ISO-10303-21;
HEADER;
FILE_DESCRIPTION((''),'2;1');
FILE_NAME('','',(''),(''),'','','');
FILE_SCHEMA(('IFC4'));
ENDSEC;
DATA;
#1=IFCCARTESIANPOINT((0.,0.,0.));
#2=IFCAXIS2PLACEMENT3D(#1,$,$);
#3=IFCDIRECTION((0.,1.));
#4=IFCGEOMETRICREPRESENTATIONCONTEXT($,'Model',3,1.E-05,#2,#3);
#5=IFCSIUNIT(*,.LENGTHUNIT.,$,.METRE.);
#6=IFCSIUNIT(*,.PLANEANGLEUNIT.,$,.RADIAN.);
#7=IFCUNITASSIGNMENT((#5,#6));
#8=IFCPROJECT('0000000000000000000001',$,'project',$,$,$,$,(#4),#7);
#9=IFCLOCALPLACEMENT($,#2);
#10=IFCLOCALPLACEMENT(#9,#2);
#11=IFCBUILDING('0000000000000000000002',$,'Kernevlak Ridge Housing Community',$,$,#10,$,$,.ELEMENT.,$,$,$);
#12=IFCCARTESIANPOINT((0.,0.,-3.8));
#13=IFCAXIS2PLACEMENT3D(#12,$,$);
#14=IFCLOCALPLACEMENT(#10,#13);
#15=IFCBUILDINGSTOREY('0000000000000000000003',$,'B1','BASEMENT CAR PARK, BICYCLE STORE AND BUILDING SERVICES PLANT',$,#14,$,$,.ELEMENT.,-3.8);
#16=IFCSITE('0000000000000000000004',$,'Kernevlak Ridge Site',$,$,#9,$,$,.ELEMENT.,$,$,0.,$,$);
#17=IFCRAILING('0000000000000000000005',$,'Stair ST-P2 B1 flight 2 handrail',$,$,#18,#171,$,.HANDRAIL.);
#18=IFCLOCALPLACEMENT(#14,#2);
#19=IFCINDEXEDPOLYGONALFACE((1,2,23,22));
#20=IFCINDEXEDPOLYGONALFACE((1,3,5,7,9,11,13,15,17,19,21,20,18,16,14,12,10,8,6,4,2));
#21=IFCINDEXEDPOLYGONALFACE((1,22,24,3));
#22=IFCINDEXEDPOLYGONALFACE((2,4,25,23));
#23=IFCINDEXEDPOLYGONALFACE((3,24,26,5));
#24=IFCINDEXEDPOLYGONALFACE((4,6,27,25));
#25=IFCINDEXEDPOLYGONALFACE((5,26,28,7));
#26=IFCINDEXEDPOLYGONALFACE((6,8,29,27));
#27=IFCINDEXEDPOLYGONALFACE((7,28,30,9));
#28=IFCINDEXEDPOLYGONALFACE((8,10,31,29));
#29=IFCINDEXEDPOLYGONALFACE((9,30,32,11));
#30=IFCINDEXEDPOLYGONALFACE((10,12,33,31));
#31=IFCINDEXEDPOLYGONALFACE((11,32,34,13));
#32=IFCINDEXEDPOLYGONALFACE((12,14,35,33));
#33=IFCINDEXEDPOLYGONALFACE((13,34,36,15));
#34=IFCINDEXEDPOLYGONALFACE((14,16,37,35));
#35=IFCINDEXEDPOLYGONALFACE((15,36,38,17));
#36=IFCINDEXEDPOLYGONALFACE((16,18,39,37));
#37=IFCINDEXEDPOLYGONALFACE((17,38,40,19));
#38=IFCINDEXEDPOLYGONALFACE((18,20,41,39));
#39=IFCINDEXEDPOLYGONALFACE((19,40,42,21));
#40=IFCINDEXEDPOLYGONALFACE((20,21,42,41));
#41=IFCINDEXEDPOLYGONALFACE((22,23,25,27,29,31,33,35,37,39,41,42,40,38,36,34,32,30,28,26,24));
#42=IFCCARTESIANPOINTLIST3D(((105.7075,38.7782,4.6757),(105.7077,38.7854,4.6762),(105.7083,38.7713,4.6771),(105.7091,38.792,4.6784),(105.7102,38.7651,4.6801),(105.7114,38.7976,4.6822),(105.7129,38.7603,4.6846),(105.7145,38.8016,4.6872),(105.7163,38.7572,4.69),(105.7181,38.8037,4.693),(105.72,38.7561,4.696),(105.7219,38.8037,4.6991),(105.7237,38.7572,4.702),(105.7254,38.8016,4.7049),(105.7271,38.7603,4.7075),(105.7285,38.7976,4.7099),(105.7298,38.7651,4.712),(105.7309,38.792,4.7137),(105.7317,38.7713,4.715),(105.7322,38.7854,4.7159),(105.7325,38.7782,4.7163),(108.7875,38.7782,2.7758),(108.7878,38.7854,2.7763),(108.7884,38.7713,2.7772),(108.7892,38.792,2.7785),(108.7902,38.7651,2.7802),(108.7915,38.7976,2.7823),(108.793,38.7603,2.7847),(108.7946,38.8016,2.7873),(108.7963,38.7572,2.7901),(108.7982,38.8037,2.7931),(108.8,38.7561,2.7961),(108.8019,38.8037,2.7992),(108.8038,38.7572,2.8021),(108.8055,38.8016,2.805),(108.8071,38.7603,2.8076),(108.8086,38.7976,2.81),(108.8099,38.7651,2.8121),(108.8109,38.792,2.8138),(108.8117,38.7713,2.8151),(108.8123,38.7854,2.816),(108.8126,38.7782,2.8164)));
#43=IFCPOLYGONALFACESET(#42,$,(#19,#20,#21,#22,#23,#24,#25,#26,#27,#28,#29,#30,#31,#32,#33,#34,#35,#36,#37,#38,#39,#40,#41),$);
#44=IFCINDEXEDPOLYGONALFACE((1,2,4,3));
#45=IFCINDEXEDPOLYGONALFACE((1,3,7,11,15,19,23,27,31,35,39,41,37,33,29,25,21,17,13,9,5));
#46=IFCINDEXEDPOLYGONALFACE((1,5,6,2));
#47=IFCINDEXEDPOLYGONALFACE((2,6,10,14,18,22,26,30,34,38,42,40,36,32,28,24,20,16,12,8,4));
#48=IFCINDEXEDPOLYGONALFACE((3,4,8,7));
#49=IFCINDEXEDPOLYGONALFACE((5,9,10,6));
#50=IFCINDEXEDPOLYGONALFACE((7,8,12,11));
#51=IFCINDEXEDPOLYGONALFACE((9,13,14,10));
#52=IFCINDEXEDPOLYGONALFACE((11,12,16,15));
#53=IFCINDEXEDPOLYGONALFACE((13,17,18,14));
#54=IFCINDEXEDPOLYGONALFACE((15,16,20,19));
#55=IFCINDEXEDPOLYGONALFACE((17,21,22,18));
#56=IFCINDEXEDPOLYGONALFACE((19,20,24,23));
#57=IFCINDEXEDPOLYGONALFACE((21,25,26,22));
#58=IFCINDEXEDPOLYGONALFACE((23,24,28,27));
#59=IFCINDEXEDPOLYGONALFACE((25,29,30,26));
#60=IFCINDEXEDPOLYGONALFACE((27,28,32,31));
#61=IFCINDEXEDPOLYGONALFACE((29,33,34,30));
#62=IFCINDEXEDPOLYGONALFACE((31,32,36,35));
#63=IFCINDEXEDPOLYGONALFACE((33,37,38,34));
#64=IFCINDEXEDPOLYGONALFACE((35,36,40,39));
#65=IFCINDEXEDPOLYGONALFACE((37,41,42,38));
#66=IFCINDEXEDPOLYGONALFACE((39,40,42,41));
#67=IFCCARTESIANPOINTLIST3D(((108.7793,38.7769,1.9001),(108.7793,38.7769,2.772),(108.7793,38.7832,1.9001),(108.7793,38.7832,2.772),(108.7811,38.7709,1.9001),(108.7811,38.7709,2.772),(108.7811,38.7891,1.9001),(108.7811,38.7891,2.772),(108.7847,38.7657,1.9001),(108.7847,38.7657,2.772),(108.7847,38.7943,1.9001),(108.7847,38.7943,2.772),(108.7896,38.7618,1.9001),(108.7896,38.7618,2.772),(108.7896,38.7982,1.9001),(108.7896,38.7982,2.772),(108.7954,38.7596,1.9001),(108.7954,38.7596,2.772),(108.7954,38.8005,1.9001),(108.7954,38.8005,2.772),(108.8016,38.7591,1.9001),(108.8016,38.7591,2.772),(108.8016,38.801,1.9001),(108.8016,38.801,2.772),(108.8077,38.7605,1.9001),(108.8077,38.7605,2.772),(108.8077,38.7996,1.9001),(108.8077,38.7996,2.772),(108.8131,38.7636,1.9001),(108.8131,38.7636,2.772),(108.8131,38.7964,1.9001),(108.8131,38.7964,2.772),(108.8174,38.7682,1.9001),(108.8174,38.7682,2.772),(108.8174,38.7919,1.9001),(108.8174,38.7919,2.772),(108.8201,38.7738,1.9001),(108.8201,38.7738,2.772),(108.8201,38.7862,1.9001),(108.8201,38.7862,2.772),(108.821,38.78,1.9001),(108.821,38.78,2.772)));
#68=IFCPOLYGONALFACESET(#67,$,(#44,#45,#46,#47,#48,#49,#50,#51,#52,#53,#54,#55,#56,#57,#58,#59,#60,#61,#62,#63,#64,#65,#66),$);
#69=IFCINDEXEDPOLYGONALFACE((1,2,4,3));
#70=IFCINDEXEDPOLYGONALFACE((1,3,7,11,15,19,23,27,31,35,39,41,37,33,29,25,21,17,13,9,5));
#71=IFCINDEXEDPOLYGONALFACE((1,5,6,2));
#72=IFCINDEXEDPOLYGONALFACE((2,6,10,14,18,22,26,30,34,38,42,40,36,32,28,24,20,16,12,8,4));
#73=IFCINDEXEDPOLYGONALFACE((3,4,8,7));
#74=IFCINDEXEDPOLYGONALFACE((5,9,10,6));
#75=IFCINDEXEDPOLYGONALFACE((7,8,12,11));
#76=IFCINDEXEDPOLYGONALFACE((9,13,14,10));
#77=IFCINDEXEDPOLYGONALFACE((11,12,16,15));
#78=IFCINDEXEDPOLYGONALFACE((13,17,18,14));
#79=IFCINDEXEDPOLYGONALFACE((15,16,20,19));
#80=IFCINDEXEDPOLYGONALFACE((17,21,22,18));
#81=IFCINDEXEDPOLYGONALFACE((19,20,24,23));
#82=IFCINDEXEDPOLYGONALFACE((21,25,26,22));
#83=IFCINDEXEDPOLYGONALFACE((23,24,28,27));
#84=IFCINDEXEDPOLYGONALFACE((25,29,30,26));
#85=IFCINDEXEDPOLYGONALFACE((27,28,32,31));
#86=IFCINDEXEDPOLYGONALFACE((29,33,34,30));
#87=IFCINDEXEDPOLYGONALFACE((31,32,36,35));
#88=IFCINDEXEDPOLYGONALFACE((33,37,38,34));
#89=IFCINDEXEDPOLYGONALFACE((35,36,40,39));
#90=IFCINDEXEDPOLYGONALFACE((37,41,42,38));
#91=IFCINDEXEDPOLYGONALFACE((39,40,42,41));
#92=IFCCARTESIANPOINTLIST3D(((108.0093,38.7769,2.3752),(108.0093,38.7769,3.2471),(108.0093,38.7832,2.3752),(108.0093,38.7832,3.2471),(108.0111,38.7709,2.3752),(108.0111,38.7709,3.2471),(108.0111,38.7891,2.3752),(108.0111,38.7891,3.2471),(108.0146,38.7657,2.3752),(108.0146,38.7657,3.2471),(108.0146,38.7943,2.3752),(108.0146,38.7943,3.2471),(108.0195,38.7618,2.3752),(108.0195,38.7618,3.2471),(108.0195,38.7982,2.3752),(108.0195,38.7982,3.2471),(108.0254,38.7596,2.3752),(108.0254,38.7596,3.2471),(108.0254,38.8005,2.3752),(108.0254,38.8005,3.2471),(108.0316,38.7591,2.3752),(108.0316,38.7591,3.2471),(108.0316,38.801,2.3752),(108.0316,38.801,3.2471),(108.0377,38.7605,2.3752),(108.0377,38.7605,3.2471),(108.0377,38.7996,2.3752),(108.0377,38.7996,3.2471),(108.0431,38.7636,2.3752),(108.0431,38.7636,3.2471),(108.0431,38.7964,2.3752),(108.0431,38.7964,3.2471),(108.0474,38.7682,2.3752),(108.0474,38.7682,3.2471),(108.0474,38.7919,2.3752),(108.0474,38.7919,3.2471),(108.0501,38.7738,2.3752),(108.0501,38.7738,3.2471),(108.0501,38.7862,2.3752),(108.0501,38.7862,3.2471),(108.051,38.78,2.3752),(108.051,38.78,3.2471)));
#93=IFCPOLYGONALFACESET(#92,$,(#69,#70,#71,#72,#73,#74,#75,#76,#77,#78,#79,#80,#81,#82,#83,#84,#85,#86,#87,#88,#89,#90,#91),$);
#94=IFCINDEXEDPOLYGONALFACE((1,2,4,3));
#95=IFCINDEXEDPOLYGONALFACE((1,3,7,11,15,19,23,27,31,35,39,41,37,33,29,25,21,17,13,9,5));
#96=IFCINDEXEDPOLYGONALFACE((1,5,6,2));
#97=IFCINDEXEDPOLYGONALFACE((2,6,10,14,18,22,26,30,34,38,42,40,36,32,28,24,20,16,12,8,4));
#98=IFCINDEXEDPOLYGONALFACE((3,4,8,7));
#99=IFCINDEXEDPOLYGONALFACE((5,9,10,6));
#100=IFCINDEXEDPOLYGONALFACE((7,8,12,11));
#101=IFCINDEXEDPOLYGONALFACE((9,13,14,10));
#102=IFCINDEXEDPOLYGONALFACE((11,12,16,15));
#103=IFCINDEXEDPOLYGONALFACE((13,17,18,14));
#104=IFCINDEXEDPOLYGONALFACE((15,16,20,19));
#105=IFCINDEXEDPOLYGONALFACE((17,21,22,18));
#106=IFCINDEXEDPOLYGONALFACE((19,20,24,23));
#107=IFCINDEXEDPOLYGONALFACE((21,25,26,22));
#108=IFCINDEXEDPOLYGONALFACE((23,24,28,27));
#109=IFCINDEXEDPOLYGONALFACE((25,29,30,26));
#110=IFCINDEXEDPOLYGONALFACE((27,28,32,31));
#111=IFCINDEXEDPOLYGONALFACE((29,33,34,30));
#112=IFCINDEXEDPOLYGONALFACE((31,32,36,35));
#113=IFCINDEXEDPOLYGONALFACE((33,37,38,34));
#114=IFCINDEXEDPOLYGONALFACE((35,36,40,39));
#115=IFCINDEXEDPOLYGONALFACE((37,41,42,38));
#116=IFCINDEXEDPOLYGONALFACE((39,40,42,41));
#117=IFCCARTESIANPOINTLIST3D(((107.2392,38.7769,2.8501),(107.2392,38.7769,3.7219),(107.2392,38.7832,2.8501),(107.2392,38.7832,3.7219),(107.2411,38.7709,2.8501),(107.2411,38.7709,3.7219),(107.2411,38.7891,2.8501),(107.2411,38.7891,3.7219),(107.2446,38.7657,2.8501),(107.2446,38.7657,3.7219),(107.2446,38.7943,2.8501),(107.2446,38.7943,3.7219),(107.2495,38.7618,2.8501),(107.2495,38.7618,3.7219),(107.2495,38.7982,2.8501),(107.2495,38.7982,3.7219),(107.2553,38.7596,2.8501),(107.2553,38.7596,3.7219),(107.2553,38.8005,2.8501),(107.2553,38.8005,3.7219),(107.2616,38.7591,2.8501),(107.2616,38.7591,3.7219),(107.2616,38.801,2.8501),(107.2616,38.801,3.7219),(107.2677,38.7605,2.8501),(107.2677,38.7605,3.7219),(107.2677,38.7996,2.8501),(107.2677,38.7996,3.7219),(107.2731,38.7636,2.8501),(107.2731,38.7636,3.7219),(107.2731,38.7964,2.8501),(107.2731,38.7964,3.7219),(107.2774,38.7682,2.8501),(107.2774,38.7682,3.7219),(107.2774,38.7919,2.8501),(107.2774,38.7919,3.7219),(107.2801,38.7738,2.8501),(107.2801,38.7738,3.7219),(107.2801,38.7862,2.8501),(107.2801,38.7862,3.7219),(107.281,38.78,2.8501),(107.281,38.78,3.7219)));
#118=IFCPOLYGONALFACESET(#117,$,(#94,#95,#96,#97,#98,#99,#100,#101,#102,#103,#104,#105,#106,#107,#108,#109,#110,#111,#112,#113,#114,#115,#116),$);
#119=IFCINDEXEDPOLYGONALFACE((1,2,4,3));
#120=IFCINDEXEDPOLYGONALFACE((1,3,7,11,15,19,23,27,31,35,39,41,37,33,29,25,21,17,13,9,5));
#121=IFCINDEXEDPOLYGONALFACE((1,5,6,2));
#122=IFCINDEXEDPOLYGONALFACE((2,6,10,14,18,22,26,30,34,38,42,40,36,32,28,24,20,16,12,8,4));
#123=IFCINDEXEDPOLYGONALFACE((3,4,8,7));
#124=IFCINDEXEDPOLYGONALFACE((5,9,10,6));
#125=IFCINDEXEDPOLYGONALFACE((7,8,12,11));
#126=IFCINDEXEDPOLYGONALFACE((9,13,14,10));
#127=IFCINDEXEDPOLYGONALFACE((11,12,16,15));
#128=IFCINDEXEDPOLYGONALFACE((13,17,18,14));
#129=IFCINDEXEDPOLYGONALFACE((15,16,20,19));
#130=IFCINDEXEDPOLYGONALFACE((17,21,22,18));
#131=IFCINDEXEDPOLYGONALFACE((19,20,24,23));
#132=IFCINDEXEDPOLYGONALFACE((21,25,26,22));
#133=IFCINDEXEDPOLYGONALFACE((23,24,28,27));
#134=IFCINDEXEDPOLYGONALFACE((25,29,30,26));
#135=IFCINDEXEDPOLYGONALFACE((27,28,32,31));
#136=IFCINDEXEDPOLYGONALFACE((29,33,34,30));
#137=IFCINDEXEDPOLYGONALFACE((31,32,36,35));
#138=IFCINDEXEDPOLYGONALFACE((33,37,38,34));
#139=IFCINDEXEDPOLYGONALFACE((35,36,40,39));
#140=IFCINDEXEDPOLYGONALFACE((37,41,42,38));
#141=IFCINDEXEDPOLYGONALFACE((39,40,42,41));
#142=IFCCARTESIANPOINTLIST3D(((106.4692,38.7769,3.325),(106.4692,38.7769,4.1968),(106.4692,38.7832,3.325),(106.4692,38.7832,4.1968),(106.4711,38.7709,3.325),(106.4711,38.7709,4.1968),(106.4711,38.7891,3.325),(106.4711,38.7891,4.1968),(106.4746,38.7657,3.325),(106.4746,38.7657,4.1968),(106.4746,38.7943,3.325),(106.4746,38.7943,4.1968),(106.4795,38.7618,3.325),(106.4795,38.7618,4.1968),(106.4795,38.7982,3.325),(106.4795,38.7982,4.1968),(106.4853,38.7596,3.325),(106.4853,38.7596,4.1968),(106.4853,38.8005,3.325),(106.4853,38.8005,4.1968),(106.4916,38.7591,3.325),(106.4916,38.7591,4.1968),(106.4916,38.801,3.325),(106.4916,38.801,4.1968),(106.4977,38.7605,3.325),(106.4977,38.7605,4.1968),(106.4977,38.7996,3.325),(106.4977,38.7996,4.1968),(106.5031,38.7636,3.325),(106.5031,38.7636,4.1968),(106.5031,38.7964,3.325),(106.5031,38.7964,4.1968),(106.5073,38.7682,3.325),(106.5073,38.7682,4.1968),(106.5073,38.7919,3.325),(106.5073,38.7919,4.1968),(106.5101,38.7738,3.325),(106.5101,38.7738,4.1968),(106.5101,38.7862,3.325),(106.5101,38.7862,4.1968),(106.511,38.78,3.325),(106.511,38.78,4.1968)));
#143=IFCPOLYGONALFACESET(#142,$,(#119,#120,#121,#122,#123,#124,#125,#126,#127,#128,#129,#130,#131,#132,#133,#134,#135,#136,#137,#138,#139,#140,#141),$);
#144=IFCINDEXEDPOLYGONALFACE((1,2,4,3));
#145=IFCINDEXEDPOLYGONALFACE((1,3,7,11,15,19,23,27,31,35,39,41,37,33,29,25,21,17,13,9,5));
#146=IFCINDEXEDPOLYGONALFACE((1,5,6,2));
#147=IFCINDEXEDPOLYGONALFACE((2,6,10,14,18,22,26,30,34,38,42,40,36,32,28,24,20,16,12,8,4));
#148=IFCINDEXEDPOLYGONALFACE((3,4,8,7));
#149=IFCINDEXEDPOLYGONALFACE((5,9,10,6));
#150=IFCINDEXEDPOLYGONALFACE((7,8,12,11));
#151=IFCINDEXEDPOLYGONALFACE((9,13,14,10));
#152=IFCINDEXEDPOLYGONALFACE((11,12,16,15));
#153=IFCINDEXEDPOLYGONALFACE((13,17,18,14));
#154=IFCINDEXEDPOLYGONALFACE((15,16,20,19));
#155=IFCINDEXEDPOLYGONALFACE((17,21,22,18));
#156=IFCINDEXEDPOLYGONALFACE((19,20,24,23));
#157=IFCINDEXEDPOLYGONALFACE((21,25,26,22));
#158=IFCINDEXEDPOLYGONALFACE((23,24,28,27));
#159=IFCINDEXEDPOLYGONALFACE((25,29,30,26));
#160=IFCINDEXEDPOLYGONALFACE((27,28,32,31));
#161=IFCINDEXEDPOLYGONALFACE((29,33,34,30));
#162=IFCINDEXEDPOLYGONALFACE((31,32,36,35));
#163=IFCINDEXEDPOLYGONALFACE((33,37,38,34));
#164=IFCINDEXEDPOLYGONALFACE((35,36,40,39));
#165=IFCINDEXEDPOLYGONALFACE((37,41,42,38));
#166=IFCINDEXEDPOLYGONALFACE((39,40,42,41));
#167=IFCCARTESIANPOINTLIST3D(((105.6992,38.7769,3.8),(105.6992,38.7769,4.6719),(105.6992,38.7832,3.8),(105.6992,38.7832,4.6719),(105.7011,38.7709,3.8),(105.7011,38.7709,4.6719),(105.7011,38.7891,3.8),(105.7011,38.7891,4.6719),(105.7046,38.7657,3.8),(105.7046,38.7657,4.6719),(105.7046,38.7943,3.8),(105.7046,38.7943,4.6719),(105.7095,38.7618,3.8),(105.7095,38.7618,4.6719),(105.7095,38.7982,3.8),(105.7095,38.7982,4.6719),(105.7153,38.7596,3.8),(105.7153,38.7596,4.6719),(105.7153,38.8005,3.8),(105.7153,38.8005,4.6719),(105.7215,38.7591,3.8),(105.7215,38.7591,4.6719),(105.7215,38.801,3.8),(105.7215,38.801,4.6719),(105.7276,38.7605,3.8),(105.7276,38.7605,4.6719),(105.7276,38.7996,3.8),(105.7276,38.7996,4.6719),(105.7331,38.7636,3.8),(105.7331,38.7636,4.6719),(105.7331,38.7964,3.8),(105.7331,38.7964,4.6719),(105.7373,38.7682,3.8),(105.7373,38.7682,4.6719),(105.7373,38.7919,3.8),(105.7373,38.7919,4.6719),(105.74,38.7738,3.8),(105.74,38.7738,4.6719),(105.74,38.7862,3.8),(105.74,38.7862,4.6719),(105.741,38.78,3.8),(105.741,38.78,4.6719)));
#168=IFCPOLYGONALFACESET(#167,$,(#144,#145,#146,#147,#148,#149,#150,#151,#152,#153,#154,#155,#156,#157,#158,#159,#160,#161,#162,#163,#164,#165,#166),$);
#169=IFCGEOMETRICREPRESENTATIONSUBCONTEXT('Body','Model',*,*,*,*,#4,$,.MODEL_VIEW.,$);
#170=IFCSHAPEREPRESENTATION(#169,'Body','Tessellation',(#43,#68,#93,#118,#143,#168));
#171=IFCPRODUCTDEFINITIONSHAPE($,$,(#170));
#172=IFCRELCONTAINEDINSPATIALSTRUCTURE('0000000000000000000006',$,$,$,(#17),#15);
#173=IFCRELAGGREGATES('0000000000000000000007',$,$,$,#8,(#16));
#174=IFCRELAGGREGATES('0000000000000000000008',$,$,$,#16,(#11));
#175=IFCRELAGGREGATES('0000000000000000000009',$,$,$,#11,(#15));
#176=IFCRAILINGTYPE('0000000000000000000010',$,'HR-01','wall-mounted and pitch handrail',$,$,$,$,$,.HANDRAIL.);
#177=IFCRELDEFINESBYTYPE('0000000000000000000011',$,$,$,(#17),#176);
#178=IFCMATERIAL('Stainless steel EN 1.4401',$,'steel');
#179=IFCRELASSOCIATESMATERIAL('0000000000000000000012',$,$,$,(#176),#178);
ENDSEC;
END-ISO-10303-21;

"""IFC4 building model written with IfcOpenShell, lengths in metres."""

from ifc_helpers import new_model, si_unit, direction, frame, origin, origin_2d, place, context, subcontext, project, spatial, circle, extrude, material, type_object, element, save


model = new_model("IFC4")

# Units and contexts
model_context = context("Model", 3, precision=1e-05, world=origin(), true_north=direction((0.0, 1.0)))
body_context = subcontext(model_context, "Body", "Model", "MODEL_VIEW")
ifc_project = project(units=[si_unit("LENGTHUNIT", "METRE"), si_unit("PLANEANGLEUNIT", "RADIAN")], contexts=[model_context])

# Site, building, storey
site_placement = place(None, origin())
site = spatial("IfcSite", under=ifc_project, at=site_placement, Name="Kernevlak Ridge Site", CompositionType="ELEMENT", RefElevation=0.0)
building_placement = place(site_placement, origin())
building = spatial("IfcBuilding", under=site, at=building_placement, Name="Kernevlak Ridge Housing Community", CompositionType="ELEMENT")
storey_placement = place(building_placement, frame((0.0, 0.0, -3.8)))
storey = spatial("IfcBuildingStorey", under=building, at=storey_placement, Name="B1", Description="BASEMENT CAR PARK, BICYCLE STORE AND BUILDING SERVICES PLANT", CompositionType="ELEMENT", Elevation=-3.8)

# Railing
ifc_material_1 = material(Name="Stainless steel EN 1.4401", Category="steel")
railing_type_1 = type_object("IfcRailingType", Name="HR-01", Description="wall-mounted and pitch handrail", PredefinedType="HANDRAIL", material=ifc_material_1)
railing_1_placement = place(storey_placement, frame((108.8, 38.78, 1.9001)))
element("IfcRailing", 1, at=railing_1_placement, inside=storey, type_object=railing_type_1, Name="Stair ST-P2 B1 flight 2 handrail", PredefinedType="HANDRAIL", context=body_context, shape_type="SweptSolid", body=[
    extrude(circle(Radius=0.0239, at=origin_2d()), frame((0.0, 0.0, 0.896), z_axis=(-0.851107, 0.0, 0.524993), x_axis=(0.0, -1.0, 0.0)), (0.0, 0.0, 1.0), 3.6189),
    extrude(circle(Radius=0.021, at=origin_2d()), origin(), (0.0, 0.0, 1.0), 0.8718),
    extrude(circle(Radius=0.021, at=origin_2d()), frame((-0.77, 0.0, 0.4751)), (0.0, 0.0, 1.0), 0.8718),
    extrude(circle(Radius=0.021, at=origin_2d()), frame((-1.54, 0.0, 0.95)), (0.0, 0.0, 1.0), 0.8718),
    extrude(circle(Radius=0.021, at=origin_2d()), frame((-2.3101, 0.0, 1.4248)), (0.0, 0.0, 1.0), 0.8718),
    extrude(circle(Radius=0.021, at=origin_2d()), frame((-3.0801, 0.0, 1.8999)), (0.0, 0.0, 1.0), 0.8718),
])

save(model, "model.ifc")
